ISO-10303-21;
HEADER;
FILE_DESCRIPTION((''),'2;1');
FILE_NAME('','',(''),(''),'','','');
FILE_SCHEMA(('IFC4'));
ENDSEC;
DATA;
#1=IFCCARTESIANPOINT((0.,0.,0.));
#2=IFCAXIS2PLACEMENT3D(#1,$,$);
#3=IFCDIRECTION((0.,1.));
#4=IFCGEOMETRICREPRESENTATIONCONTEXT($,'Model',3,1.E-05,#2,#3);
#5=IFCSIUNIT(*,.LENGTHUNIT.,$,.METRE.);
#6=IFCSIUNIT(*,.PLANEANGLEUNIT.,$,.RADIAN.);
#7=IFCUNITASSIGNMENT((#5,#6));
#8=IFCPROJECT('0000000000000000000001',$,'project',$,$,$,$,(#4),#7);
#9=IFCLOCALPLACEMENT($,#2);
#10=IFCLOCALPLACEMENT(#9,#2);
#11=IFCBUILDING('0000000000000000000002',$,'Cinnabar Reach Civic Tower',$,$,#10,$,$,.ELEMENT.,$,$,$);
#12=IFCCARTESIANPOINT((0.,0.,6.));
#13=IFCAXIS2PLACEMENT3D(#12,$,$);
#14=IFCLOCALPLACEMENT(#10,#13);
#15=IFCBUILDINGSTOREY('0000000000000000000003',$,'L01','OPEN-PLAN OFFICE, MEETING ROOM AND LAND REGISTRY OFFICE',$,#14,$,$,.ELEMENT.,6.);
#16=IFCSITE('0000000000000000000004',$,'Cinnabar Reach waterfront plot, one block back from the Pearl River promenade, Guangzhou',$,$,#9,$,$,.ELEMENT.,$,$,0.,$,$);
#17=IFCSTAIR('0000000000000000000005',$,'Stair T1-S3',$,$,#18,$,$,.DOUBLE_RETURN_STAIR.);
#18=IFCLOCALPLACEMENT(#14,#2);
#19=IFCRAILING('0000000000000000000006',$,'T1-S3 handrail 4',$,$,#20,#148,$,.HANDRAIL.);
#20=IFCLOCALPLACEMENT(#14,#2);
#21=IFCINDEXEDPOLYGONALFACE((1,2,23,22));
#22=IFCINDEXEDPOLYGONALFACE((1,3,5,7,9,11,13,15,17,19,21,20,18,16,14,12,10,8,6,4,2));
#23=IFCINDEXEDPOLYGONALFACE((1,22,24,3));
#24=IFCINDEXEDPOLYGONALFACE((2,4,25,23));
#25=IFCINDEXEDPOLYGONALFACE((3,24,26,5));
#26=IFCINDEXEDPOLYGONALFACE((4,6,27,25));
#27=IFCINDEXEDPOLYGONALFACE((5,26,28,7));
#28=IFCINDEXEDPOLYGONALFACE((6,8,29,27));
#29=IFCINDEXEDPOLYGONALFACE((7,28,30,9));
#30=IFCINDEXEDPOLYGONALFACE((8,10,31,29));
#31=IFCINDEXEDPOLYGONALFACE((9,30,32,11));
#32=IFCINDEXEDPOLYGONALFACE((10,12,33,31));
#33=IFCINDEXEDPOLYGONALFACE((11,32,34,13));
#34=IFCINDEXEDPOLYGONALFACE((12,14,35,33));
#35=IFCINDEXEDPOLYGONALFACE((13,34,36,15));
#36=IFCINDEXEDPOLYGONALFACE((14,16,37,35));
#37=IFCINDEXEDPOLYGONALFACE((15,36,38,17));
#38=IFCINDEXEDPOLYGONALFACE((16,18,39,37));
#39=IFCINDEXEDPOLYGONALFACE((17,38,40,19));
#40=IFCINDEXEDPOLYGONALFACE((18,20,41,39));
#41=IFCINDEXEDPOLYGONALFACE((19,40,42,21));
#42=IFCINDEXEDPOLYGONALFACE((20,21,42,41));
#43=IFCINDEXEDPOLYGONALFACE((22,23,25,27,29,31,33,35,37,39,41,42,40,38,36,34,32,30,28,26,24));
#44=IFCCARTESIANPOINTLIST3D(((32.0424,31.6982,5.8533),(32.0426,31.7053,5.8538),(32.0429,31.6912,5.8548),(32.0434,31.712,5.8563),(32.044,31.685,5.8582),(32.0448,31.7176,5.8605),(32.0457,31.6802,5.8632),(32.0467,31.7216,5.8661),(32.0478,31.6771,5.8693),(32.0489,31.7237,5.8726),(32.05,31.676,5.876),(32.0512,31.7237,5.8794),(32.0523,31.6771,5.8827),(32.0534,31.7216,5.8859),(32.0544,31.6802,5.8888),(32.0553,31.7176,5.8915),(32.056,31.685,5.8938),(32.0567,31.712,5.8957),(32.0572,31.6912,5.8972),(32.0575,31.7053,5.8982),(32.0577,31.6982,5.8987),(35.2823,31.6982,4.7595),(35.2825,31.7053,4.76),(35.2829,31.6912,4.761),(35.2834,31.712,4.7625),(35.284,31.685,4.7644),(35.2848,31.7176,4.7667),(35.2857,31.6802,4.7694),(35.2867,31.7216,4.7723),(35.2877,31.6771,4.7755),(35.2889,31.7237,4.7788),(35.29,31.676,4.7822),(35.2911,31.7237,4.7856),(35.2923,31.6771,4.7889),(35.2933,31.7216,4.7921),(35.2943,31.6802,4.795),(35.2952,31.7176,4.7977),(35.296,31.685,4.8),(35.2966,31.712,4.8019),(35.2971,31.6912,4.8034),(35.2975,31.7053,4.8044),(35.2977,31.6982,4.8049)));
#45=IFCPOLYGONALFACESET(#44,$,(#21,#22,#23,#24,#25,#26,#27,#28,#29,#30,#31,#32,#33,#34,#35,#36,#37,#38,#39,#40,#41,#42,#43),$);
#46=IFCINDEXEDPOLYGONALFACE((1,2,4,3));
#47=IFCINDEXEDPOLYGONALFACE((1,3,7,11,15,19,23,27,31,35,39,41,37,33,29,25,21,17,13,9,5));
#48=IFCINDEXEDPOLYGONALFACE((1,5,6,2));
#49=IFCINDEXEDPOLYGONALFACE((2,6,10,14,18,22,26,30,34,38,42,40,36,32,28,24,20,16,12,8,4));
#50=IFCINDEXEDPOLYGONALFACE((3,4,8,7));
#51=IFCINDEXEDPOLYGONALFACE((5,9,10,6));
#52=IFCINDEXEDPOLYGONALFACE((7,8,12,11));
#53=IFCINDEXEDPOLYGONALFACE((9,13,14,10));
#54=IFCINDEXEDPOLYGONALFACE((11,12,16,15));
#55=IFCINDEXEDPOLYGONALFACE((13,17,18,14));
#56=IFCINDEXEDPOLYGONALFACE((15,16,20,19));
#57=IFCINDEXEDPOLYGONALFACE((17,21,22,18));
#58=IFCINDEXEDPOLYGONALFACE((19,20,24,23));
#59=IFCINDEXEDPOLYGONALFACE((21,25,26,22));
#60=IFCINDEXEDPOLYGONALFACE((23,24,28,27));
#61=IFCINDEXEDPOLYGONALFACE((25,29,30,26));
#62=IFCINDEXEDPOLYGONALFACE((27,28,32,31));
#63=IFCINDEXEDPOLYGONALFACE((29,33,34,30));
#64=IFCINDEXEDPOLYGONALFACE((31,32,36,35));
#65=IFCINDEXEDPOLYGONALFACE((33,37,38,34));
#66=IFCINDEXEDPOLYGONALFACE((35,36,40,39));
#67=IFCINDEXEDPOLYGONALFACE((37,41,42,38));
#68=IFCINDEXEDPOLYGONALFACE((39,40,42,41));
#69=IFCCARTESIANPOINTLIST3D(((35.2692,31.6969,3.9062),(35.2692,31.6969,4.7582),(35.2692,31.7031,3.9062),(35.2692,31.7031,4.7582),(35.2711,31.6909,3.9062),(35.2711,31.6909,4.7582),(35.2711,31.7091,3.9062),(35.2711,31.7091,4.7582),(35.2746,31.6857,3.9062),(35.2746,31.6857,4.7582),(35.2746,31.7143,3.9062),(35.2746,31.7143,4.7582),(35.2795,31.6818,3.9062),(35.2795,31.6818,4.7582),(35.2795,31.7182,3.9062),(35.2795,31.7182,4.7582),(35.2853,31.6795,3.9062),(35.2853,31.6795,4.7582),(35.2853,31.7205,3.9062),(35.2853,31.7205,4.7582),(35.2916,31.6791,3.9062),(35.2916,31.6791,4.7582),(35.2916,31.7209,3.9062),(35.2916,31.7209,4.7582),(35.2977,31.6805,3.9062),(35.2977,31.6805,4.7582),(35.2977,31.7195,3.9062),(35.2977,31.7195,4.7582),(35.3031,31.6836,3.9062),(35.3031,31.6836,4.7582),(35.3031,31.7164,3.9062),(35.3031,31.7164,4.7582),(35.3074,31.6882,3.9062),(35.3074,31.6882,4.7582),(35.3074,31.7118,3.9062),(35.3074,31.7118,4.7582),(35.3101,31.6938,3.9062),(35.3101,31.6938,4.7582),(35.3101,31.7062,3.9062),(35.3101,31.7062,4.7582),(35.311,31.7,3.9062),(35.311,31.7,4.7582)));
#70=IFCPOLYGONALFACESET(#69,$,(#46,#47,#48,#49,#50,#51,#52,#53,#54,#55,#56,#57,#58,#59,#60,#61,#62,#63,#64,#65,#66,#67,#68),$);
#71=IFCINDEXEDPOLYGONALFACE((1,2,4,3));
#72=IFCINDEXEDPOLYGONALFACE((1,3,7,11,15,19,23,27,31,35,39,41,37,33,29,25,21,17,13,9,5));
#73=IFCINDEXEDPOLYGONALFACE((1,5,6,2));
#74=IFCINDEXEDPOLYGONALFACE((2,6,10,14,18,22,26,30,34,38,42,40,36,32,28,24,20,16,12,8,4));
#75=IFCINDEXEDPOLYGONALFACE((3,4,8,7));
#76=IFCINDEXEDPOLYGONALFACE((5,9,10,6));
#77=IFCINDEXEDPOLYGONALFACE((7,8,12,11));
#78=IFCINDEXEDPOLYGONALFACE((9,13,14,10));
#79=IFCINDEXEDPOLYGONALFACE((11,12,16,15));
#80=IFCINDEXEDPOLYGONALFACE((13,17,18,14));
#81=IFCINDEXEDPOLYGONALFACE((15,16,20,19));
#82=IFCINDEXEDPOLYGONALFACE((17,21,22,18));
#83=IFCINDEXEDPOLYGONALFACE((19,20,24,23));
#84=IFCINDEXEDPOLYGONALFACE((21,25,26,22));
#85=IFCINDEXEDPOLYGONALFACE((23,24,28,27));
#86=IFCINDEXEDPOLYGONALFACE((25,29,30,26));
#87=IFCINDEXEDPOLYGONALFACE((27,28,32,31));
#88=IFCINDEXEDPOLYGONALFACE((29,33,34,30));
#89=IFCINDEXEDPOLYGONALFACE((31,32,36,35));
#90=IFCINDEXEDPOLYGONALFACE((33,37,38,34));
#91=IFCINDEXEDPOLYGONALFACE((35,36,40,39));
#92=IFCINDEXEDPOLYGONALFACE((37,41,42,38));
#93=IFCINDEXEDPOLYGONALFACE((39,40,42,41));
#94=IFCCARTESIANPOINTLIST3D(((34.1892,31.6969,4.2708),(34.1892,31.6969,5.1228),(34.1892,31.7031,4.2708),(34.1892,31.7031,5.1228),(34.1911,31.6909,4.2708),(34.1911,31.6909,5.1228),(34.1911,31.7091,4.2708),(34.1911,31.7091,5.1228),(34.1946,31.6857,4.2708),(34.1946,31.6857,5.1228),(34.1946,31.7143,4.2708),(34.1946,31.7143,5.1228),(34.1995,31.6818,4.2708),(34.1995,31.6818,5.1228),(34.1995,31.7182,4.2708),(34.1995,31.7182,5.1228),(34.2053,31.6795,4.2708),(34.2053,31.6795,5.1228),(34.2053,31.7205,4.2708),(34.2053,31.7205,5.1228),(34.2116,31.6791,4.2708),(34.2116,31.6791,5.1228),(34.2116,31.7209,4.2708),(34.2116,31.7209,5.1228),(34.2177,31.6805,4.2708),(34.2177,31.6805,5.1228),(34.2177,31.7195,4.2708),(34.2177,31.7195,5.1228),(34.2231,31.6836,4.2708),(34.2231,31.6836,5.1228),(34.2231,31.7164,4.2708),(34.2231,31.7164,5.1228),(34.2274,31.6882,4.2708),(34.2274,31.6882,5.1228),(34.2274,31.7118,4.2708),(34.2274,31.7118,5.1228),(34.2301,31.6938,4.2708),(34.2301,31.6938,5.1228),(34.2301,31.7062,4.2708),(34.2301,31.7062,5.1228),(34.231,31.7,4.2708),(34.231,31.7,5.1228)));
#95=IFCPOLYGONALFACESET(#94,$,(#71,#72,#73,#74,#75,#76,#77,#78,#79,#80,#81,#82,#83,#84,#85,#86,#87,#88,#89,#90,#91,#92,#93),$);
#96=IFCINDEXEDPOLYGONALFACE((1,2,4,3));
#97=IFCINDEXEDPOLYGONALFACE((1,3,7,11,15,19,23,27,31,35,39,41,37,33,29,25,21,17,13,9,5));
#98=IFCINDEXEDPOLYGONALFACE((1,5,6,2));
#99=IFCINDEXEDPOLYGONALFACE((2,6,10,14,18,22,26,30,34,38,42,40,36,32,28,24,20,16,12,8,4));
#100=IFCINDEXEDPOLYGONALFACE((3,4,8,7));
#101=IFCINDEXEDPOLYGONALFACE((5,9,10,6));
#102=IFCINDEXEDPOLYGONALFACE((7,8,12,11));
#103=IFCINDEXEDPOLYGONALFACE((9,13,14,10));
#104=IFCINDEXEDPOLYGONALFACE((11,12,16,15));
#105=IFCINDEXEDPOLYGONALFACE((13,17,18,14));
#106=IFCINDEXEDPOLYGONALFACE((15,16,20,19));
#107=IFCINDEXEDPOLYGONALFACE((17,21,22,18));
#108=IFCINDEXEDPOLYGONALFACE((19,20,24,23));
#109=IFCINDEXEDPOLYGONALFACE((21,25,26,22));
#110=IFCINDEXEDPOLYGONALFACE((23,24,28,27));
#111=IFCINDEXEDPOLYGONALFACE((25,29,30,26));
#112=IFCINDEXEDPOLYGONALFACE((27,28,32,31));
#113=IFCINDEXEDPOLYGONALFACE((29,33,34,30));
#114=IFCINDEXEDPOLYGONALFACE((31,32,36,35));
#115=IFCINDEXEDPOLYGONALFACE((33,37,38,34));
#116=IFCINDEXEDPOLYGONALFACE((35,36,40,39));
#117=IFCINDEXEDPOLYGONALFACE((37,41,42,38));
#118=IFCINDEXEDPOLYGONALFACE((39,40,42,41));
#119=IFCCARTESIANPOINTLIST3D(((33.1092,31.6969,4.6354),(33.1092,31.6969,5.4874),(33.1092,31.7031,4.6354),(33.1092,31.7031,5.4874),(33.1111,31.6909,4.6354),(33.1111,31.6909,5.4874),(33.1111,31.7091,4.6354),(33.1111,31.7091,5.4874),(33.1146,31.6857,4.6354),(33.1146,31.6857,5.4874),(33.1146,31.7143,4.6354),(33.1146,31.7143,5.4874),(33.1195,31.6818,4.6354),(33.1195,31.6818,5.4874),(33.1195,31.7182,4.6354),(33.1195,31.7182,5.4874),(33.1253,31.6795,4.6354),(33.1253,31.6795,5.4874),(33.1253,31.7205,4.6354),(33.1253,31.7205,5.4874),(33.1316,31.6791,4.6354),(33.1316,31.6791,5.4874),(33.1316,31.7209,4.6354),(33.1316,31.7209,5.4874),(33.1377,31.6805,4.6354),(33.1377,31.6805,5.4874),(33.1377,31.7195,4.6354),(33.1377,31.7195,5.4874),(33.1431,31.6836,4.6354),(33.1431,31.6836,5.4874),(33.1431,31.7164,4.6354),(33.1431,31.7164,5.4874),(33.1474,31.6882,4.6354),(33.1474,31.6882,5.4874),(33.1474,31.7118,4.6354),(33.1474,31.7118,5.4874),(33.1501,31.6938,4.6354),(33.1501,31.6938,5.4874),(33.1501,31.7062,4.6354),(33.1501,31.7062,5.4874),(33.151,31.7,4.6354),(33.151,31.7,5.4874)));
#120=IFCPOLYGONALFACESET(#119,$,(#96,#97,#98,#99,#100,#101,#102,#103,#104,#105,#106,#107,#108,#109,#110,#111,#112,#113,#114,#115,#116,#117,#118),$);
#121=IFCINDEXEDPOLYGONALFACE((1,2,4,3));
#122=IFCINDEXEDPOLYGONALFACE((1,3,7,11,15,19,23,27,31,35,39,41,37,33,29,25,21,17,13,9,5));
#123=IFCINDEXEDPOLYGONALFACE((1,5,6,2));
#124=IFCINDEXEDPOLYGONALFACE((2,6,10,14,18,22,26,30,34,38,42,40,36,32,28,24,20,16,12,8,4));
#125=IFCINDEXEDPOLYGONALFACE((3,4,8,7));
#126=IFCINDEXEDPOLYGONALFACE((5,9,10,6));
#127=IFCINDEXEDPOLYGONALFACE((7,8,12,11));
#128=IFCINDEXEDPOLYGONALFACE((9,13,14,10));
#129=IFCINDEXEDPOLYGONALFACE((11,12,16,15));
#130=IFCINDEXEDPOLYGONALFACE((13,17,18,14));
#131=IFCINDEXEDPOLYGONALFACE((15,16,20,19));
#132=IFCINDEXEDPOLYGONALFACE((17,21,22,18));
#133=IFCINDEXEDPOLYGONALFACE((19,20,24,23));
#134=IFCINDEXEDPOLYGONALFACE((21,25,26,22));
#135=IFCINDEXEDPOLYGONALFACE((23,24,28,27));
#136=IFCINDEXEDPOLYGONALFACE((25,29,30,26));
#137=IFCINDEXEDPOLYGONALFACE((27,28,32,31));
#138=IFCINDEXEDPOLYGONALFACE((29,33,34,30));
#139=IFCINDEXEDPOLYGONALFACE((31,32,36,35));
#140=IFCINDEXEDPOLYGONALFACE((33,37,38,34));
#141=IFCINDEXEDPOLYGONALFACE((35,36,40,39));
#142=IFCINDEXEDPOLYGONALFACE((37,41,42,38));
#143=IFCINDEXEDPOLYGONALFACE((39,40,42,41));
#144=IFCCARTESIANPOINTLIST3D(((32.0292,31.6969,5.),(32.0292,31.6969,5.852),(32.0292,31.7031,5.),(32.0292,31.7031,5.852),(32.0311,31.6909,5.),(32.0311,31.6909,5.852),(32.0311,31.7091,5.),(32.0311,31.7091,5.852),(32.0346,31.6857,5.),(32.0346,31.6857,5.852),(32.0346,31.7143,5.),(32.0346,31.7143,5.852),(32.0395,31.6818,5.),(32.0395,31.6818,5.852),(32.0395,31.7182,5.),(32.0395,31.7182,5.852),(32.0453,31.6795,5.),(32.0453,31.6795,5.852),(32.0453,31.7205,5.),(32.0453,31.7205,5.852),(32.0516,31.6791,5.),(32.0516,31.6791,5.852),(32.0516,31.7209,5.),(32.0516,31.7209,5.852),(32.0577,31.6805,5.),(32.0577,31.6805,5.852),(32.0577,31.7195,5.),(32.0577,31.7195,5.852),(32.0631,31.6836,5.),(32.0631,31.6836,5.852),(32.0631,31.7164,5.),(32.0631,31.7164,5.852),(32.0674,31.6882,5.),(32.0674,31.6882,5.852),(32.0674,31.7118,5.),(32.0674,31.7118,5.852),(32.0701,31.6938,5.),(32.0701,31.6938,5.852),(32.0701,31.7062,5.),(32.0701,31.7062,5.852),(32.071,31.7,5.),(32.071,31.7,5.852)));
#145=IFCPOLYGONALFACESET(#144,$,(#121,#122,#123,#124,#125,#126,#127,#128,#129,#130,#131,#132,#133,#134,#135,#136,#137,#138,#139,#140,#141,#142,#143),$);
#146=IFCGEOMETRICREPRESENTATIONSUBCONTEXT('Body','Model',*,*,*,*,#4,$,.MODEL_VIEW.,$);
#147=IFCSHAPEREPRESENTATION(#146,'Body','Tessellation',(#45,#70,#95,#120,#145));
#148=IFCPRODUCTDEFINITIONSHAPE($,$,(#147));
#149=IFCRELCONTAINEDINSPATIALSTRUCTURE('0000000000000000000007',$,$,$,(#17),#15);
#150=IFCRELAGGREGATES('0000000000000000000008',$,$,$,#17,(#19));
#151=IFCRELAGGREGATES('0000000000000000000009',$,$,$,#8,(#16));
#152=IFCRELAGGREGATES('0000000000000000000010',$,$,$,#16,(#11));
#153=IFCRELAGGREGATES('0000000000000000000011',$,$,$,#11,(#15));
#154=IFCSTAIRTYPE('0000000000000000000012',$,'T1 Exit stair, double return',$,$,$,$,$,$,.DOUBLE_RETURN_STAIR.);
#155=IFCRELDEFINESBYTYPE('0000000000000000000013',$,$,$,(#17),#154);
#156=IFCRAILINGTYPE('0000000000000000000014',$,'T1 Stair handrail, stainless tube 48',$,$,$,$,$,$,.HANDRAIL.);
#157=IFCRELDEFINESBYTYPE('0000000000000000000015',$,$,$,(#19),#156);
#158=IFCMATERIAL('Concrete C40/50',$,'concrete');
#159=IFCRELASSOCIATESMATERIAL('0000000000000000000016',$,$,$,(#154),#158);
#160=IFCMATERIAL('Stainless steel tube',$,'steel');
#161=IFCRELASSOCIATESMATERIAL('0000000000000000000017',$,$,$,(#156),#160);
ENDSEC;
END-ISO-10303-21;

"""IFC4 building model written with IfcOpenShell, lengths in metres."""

from ifc_helpers import new_model, si_unit, direction, frame, origin, origin_2d, place, context, subcontext, project, spatial, circle, extrude, material, type_object, element, aggregate, save


model = new_model("IFC4")

# Units and contexts
model_context = context("Model", 3, precision=1e-05, world=origin(), true_north=direction((0.0, 1.0)))
body_context = subcontext(model_context, "Body", "Model", "MODEL_VIEW")
ifc_project = project(units=[si_unit("LENGTHUNIT", "METRE"), si_unit("PLANEANGLEUNIT", "RADIAN")], contexts=[model_context])

# Site, building, storey
site_placement = place(None, origin())
site = spatial("IfcSite", under=ifc_project, at=site_placement, Name="Cinnabar Reach waterfront plot, one block back from the Pearl River promenade, Guangzhou", CompositionType="ELEMENT", RefElevation=0.0)
building_placement = place(site_placement, origin())
building = spatial("IfcBuilding", under=site, at=building_placement, Name="Cinnabar Reach Civic Tower", CompositionType="ELEMENT")
storey_placement = place(building_placement, frame((0.0, 0.0, 6.0)))
storey = spatial("IfcBuildingStorey", under=building, at=storey_placement, Name="L01", Description="OPEN-PLAN OFFICE, MEETING ROOM AND LAND REGISTRY OFFICE", CompositionType="ELEMENT", Elevation=6.0)

# Stair, railing
ifc_material_1 = material(Name="Concrete C40/50", Category="concrete")
stair_type = type_object("IfcStairType", Name="T1 Exit stair, double return", PredefinedType="DOUBLE_RETURN_STAIR", material=ifc_material_1)
stair_placement = place(storey_placement, origin())
stair = element("IfcStair", 1, at=stair_placement, inside=storey, type_object=stair_type, Name="Stair T1-S3", PredefinedType="DOUBLE_RETURN_STAIR")
ifc_material_2 = material(Name="Stainless steel tube", Category="steel")
railing_type = type_object("IfcRailingType", Name="T1 Stair handrail, stainless tube 48", PredefinedType="HANDRAIL", material=ifc_material_2)
railing_1_placement = place(storey_placement, frame((35.29, 31.7, 3.9062)))
railing_1 = element("IfcRailing", 2, at=railing_1_placement, type_object=railing_type, Name="T1-S3 handrail 4", PredefinedType="HANDRAIL", context=body_context, shape_type="SweptSolid", body=[
    extrude(circle(Radius=0.024, at=origin_2d()), frame((0.0, 0.0, 0.876), z_axis=(-0.947466, 0.0, 0.319857), x_axis=(0.0, -1.0, 0.0)), (0.0, 0.0, 1.0), 3.4196),
    extrude(circle(Radius=0.021, at=origin_2d()), origin(), (0.0, 0.0, 1.0), 0.852),
    extrude(circle(Radius=0.021, at=origin_2d()), frame((-1.08, 0.0, 0.3646)), (0.0, 0.0, 1.0), 0.852),
    extrude(circle(Radius=0.021, at=origin_2d()), frame((-2.16, 0.0, 0.7292)), (0.0, 0.0, 1.0), 0.852),
    extrude(circle(Radius=0.021, at=origin_2d()), frame((-3.24, 0.0, 1.0938)), (0.0, 0.0, 1.0), 0.852),
])
aggregate(stair, [railing_1])

save(model, "model.ifc")
